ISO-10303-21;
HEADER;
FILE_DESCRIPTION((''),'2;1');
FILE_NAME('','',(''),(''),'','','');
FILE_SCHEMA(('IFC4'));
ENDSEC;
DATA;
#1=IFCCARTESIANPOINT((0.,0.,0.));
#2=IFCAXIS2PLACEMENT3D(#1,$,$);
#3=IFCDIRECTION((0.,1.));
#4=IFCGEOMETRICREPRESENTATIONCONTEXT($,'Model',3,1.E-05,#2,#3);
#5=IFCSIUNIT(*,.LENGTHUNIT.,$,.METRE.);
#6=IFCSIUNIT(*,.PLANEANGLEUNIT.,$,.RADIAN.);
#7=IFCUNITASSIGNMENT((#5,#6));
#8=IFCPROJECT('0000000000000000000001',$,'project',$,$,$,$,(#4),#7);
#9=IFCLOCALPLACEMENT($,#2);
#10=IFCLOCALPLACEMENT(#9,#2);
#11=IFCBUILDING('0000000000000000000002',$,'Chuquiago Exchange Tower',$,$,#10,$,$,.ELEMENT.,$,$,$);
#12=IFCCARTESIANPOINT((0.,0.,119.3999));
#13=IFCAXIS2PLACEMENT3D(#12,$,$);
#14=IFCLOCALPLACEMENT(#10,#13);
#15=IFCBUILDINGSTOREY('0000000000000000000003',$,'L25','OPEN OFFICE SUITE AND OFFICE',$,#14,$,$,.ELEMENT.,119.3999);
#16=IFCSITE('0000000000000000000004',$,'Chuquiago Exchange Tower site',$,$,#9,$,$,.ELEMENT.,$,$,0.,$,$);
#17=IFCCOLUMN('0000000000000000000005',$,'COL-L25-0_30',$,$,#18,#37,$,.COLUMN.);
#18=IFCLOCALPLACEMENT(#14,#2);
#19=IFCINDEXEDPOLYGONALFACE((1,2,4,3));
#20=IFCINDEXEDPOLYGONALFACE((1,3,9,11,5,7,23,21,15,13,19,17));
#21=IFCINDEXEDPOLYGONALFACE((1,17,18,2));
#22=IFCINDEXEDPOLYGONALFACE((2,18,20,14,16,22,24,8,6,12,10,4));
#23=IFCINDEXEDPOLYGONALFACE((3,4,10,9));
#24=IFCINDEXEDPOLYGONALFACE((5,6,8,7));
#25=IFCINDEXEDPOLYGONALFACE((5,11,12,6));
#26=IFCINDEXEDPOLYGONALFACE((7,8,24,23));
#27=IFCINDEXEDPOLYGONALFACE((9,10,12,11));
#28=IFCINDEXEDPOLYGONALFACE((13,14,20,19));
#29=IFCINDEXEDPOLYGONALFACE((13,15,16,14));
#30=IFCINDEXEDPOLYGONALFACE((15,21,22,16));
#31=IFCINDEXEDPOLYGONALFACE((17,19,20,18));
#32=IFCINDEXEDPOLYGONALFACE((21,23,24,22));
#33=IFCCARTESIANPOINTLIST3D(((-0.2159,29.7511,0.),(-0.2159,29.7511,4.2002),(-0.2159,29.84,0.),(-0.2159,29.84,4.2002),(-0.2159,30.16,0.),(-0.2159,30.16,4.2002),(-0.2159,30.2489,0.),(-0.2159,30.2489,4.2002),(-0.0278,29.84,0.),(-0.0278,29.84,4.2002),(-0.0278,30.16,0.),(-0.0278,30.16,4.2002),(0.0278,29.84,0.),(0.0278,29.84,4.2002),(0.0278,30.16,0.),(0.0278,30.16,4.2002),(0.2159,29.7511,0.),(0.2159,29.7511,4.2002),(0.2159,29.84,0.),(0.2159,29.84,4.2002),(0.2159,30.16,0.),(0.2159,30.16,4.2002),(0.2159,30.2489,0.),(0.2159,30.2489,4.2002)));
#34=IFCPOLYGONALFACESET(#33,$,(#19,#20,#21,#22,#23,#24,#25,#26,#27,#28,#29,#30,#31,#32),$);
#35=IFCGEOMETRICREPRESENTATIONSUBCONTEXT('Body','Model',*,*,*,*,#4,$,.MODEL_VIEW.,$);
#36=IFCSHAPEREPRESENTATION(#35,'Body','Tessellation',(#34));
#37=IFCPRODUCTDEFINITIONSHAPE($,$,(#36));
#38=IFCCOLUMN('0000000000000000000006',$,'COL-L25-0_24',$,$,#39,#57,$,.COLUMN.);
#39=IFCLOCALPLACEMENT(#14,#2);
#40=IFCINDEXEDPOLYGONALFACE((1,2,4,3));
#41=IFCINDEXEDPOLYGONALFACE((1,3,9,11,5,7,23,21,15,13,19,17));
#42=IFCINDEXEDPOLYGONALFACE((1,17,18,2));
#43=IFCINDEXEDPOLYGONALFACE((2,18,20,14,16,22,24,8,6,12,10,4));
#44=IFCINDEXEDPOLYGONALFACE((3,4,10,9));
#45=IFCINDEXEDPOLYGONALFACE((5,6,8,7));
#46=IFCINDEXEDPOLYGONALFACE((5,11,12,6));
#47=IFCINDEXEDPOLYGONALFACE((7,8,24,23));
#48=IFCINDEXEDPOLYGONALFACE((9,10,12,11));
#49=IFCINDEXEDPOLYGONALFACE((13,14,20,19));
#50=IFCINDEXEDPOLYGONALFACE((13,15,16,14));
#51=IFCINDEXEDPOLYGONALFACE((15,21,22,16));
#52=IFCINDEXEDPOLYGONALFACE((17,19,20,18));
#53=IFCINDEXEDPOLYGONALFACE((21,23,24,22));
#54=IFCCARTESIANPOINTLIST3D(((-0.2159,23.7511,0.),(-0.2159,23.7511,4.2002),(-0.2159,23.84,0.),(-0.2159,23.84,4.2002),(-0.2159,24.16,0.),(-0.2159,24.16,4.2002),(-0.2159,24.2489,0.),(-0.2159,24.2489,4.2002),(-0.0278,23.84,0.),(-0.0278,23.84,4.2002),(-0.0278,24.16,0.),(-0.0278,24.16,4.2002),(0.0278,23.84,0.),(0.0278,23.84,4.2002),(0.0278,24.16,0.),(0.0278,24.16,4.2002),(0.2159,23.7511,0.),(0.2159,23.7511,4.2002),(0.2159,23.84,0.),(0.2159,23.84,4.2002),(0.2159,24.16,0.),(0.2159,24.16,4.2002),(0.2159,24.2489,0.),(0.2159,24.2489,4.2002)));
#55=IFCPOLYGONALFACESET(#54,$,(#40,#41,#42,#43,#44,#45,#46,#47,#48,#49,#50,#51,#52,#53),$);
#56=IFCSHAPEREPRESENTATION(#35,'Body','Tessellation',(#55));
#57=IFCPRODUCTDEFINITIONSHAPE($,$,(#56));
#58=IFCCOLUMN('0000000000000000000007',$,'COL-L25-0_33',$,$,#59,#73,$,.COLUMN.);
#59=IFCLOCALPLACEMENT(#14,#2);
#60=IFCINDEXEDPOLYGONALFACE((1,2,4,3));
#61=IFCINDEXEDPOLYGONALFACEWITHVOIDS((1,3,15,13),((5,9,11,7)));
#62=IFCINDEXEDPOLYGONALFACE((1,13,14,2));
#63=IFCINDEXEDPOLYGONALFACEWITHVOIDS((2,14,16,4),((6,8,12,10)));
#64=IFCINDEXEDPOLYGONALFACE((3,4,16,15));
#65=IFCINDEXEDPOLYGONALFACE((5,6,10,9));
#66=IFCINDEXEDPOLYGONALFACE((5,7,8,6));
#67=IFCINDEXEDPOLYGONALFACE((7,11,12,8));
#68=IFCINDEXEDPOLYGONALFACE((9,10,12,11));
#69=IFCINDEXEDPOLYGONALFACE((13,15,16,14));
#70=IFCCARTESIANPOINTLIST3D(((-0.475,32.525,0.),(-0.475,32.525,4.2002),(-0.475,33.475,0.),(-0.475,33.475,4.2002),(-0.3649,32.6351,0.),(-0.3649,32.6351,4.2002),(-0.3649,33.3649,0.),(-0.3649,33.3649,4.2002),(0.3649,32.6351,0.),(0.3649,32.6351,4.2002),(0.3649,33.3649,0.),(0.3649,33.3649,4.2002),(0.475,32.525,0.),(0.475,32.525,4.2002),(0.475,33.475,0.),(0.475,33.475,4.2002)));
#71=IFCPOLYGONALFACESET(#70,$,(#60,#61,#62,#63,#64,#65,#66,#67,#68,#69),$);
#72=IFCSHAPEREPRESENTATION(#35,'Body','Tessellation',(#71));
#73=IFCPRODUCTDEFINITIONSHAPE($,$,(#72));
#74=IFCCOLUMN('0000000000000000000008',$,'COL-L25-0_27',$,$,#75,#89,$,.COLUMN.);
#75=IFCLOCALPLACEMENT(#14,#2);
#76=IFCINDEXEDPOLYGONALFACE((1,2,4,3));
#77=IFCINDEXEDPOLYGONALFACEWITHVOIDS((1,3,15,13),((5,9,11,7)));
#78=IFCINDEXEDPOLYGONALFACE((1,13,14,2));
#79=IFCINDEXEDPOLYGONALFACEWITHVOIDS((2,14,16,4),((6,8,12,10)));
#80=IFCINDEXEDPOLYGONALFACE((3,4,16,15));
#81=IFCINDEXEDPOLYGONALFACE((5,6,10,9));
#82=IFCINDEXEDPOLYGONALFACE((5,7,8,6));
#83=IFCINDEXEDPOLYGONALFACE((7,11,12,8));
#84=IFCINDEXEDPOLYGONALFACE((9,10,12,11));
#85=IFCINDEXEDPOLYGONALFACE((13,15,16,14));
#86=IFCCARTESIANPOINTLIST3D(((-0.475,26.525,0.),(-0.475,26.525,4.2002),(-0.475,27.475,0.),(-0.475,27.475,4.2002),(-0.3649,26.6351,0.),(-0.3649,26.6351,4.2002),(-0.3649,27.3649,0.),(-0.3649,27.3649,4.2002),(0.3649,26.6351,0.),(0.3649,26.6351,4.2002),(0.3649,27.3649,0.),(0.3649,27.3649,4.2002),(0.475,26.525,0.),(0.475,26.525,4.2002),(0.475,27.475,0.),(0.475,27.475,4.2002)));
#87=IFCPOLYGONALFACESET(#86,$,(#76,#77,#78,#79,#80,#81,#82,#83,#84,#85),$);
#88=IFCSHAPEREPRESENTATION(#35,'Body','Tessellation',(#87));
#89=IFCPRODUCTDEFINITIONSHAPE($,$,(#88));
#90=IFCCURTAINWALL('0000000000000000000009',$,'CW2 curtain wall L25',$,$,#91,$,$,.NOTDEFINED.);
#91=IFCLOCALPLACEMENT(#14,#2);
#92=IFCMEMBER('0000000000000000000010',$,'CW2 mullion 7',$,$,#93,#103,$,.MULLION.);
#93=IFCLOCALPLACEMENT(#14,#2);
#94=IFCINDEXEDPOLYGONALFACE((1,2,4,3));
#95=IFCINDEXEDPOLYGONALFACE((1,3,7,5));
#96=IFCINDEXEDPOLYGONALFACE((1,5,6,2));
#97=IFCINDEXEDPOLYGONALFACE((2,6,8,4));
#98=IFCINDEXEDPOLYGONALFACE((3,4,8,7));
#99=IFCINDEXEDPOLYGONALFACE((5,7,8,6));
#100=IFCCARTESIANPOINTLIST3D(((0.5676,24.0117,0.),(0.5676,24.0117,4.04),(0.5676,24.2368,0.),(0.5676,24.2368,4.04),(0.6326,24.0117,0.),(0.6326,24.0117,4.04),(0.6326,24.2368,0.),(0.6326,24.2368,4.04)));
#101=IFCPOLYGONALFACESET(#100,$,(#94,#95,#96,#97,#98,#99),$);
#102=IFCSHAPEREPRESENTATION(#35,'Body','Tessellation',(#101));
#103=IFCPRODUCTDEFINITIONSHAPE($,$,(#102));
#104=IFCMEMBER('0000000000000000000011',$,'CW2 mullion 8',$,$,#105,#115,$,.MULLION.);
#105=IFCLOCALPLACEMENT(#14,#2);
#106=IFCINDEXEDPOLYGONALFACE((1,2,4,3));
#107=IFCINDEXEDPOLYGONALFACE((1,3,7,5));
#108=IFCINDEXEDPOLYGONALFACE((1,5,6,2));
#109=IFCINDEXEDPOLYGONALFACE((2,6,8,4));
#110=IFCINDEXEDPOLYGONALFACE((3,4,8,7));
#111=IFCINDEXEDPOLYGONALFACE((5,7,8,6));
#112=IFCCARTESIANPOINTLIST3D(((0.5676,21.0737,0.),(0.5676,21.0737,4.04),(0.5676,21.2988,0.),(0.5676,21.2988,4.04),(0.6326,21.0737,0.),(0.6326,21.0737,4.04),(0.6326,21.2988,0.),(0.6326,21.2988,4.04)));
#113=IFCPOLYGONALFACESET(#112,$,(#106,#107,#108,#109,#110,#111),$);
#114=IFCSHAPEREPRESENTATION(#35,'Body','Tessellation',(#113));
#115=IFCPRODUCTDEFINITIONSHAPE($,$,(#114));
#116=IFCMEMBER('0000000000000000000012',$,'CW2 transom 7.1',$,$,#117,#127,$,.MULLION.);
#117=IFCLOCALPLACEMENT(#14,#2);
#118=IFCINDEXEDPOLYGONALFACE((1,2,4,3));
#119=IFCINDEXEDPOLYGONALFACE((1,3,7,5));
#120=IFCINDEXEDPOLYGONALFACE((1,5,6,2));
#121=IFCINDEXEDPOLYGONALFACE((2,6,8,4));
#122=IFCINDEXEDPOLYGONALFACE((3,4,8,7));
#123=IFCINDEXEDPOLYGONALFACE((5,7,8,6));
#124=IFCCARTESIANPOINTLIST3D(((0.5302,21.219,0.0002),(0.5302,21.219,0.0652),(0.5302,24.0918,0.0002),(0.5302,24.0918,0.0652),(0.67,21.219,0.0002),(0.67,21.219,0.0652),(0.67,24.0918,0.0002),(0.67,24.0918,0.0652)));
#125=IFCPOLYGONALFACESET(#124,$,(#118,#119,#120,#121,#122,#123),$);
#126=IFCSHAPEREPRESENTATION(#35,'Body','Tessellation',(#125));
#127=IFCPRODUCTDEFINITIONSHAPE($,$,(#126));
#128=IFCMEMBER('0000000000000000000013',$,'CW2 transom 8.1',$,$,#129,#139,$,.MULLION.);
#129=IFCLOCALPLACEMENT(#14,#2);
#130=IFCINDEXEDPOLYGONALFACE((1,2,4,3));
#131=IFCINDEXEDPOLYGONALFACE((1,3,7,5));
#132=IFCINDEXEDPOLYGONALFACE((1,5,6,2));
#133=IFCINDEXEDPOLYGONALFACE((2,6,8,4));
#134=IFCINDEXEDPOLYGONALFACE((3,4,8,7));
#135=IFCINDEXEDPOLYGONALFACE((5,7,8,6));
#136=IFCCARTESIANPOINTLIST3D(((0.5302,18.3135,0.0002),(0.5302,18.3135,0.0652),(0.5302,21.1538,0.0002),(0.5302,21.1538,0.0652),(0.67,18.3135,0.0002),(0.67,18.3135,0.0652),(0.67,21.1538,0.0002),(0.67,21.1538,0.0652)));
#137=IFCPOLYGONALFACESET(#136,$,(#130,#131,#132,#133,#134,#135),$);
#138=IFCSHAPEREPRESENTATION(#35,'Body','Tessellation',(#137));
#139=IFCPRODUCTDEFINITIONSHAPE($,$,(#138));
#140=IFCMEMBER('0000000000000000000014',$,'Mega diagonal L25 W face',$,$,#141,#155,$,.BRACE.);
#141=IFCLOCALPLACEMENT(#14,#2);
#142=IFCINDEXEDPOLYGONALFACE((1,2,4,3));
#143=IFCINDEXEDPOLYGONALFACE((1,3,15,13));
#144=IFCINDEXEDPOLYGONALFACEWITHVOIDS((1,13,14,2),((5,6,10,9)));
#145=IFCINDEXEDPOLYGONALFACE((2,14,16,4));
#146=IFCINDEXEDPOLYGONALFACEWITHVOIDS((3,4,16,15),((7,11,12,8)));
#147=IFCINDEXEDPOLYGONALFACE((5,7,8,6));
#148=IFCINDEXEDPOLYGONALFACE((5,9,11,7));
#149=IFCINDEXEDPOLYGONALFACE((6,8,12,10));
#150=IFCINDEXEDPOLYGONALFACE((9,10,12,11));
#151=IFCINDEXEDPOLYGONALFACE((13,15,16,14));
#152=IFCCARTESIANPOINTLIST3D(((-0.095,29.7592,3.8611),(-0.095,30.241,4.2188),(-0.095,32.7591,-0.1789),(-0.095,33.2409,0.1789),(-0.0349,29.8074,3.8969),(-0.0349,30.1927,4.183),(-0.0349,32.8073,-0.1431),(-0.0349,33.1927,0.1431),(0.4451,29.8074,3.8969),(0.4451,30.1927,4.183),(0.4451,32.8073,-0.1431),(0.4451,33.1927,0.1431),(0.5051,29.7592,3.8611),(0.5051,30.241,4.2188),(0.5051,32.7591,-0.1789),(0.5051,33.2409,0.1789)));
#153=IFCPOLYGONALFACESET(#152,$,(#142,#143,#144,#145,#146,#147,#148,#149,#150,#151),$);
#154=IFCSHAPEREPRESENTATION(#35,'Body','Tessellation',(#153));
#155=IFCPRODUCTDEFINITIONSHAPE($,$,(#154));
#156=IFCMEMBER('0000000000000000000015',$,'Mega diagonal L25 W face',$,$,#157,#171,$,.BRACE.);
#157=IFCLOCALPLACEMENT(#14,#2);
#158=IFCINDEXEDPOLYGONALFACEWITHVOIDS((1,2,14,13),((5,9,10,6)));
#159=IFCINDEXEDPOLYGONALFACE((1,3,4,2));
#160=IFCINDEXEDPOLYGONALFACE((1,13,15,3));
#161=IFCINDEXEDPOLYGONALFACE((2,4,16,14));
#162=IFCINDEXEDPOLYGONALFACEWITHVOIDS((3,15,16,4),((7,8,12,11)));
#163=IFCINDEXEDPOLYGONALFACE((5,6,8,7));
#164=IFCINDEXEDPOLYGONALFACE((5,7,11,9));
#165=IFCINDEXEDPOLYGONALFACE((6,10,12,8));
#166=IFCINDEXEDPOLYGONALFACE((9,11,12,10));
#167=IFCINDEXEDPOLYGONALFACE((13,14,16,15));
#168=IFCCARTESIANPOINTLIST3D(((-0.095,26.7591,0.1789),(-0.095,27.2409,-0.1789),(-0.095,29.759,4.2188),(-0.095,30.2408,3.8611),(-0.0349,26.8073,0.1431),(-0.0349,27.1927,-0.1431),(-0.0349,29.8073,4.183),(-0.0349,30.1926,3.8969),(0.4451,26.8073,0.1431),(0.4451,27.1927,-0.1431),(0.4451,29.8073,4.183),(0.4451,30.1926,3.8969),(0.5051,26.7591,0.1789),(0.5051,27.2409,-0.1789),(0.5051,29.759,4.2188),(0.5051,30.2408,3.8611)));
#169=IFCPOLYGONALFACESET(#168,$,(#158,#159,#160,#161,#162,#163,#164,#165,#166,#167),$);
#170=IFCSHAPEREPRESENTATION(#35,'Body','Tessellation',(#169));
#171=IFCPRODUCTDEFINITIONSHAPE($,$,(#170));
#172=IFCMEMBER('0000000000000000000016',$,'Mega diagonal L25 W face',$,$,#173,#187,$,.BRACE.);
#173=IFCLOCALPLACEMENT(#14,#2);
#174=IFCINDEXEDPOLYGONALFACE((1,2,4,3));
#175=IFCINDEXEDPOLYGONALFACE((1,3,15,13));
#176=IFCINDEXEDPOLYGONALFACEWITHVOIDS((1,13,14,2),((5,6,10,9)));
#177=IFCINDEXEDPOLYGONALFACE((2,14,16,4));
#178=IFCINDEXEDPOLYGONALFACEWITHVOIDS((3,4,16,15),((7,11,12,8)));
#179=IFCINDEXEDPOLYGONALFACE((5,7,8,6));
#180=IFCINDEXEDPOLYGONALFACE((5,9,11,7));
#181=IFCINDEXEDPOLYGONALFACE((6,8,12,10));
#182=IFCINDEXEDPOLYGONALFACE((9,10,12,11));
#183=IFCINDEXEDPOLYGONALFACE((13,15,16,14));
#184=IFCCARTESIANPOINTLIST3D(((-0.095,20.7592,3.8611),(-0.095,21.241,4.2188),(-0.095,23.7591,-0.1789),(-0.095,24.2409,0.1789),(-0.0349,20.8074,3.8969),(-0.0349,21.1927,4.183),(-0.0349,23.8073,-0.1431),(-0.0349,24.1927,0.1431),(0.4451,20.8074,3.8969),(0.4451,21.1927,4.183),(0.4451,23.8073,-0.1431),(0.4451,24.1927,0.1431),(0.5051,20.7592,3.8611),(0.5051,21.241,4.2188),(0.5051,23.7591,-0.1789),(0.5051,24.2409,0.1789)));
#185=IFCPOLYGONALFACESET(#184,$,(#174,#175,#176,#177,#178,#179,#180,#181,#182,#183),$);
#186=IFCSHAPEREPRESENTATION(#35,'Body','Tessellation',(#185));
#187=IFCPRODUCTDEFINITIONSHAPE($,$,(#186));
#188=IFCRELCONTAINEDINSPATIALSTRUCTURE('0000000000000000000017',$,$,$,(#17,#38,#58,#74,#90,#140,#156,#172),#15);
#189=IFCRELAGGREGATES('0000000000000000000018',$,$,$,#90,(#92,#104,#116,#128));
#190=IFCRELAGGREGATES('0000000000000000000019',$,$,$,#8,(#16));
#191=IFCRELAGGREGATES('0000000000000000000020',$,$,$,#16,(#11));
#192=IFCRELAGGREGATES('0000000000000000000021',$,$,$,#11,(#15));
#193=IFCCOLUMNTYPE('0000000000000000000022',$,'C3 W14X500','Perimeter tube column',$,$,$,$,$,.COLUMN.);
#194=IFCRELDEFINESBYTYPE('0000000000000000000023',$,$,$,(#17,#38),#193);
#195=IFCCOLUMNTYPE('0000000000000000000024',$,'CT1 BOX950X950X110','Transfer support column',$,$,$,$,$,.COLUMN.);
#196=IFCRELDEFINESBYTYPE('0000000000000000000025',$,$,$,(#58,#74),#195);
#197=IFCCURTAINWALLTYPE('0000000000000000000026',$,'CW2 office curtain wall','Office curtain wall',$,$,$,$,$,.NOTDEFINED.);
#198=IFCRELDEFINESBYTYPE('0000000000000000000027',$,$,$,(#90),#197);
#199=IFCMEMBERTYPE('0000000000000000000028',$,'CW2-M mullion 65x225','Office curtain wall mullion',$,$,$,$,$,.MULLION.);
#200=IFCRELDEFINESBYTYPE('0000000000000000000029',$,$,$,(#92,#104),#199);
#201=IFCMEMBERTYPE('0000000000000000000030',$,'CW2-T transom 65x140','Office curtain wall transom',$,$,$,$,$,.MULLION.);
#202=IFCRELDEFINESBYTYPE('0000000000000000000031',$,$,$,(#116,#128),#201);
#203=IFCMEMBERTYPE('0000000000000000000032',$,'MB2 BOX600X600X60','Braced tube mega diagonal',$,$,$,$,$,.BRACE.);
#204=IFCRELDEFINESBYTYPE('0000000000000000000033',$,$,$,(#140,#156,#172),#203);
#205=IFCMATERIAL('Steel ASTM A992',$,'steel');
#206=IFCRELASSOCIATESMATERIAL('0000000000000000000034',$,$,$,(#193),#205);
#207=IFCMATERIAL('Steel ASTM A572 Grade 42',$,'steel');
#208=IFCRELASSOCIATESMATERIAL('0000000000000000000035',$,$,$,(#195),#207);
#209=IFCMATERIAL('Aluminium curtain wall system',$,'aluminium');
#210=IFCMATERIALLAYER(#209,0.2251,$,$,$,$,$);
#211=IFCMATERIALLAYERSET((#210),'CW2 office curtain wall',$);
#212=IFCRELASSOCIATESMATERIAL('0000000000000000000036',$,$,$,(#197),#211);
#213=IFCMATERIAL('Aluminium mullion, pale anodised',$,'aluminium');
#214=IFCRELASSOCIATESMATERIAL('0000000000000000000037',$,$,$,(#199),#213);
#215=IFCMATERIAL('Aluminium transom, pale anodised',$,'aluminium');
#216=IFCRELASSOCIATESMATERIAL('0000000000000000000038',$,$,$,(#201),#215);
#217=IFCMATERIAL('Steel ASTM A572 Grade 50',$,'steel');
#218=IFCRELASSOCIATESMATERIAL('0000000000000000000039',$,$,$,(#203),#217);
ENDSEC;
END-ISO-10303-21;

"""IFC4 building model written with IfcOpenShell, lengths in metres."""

from ifc_helpers import new_model, si_unit, direction, frame, origin, origin_2d, place, context, subcontext, project, spatial, rectangle, hollow_rectangle, i_section, extrude, material, layer, layer_set, material_profile, profile_set, type_object, element, aggregate, save


model = new_model("IFC4")

# Units and contexts
model_context = context("Model", 3, precision=1e-05, world=origin(), true_north=direction((0.0, 1.0)))
body_context = subcontext(model_context, "Body", "Model", "MODEL_VIEW")
ifc_project = project(units=[si_unit("LENGTHUNIT", "METRE"), si_unit("PLANEANGLEUNIT", "RADIAN")], contexts=[model_context])

# Site, building, storey
site_placement = place(None, origin())
site = spatial("IfcSite", under=ifc_project, at=site_placement, Name="Chuquiago Exchange Tower site", CompositionType="ELEMENT", RefElevation=0.0)
building_placement = place(site_placement, origin())
building = spatial("IfcBuilding", under=site, at=building_placement, Name="Chuquiago Exchange Tower", CompositionType="ELEMENT")
storey_placement = place(building_placement, frame((0.0, 0.0, 119.3999)))
storey = spatial("IfcBuildingStorey", under=building, at=storey_placement, Name="L25", Description="OPEN OFFICE SUITE AND OFFICE", CompositionType="ELEMENT", Elevation=119.3999)

# Columns
ifc_material_1 = material(Name="Steel ASTM A992", Category="steel")
ifc_material_profile_1 = material_profile(ifc_material_1, i_section(OverallWidth=0.4319, OverallDepth=0.4978, WebThickness=0.0557, FlangeThickness=0.0889, at=origin_2d()), Name="W14X500")
ifc_profile_set_1 = profile_set([ifc_material_profile_1], Name="Steel ASTM A992")
column_type_1 = type_object("IfcColumnType", Name="C3 W14X500", Description="Perimeter tube column", PredefinedType="COLUMN", material=ifc_profile_set_1)
for number, where, z_axis, x_axis, name in (
    (1, (0.0, 30.0, 0.0), (0.0, 0.0, 1.0), (-1.0, 0.0, 0.0), "COL-L25-0_30"),
    (2, (0.0, 24.0, 0.0), (0.0, 0.0, 1.0), (-1.0, 0.0, 0.0), "COL-L25-0_24"),
):
    element("IfcColumn", number, at=place(storey_placement, frame(where, z_axis=z_axis, x_axis=x_axis)), inside=storey, type_object=column_type_1, Name=name, PredefinedType="COLUMN", context=body_context, shape_type="SweptSolid", body=[
        extrude(i_section(OverallWidth=0.4319, OverallDepth=0.4978, WebThickness=0.0557, FlangeThickness=0.0889, at=origin_2d()), origin(), (0.0, 0.0, 1.0), 4.2002),
    ])
ifc_material_2 = material(Name="Steel ASTM A572 Grade 42", Category="steel")
ifc_material_profile_2 = material_profile(ifc_material_2, hollow_rectangle(XDim=0.95, YDim=0.95, WallThickness=0.1101, at=origin_2d()), Name="BOX950X950X110")
ifc_profile_set_2 = profile_set([ifc_material_profile_2], Name="Steel ASTM A572 Grade 42")
column_type_2 = type_object("IfcColumnType", Name="CT1 BOX950X950X110", Description="Transfer support column", PredefinedType="COLUMN", material=ifc_profile_set_2)
for number, where, z_axis, x_axis, name in (
    (3, (0.0, 33.0, 0.0), (0.0, 0.0, 1.0), (-1.0, 0.0, 0.0), "COL-L25-0_33"),
    (4, (0.0, 27.0, 0.0), (0.0, 0.0, 1.0), (-1.0, 0.0, 0.0), "COL-L25-0_27"),
):
    element("IfcColumn", number, at=place(storey_placement, frame(where, z_axis=z_axis, x_axis=x_axis)), inside=storey, type_object=column_type_2, Name=name, PredefinedType="COLUMN", context=body_context, shape_type="SweptSolid", body=[
        extrude(hollow_rectangle(XDim=0.95, YDim=0.95, WallThickness=0.1101, at=origin_2d()), origin(), (0.0, 0.0, 1.0), 4.2002),
    ])

# Curtain wall, members
ifc_material_3 = material(Name="Aluminium curtain wall system", Category="aluminium")
ifc_layer_1 = layer(ifc_material_3, 0.2251)
ifc_layer_set_1 = layer_set([ifc_layer_1], Name="CW2 office curtain wall")
curtain_wall_type = type_object("IfcCurtainWallType", Name="CW2 office curtain wall", Description="Office curtain wall", PredefinedType="NOTDEFINED", material=ifc_layer_set_1)
curtain_wall_placement = place(storey_placement, origin())
curtain_wall = element("IfcCurtainWall", 5, at=curtain_wall_placement, inside=storey, type_object=curtain_wall_type, Name="CW2 curtain wall L25", PredefinedType="NOTDEFINED")
ifc_material_4 = material(Name="Aluminium mullion, pale anodised", Category="aluminium")
ifc_material_profile_3 = material_profile(ifc_material_4, rectangle(XDim=0.0649, YDim=0.2251, at=origin_2d()), Name="AL 65x225")
ifc_profile_set_3 = profile_set([ifc_material_profile_3], Name="Aluminium mullion, pale anodised")
member_type_1 = type_object("IfcMemberType", Name="CW2-M mullion 65x225", Description="Office curtain wall mullion", PredefinedType="MULLION", material=ifc_profile_set_3)
member_1_placement = place(storey_placement, frame((0.6001, 24.1243, 0.0), z_axis=(0.0, 0.0, 1.0), x_axis=(1.0, 0.0, 0.0)))
member_1 = element("IfcMember", 6, at=member_1_placement, type_object=member_type_1, Name="CW2 mullion 7", PredefinedType="MULLION", context=body_context, shape_type="SweptSolid", body=[
    extrude(rectangle(XDim=0.0649, YDim=0.2251, at=origin_2d()), origin(), (0.0, 0.0, 1.0), 4.04),
])
member_2_placement = place(storey_placement, frame((0.6001, 21.1863, 0.0), z_axis=(0.0, 0.0, 1.0), x_axis=(1.0, 0.0, 0.0)))
member_2 = element("IfcMember", 7, at=member_2_placement, type_object=member_type_1, Name="CW2 mullion 8", PredefinedType="MULLION", context=body_context, shape_type="SweptSolid", body=[
    extrude(rectangle(XDim=0.0649, YDim=0.2251, at=origin_2d()), origin(), (0.0, 0.0, 1.0), 4.04),
])
ifc_material_5 = material(Name="Aluminium transom, pale anodised", Category="aluminium")
ifc_material_profile_4 = material_profile(ifc_material_5, rectangle(XDim=0.1399, YDim=0.0649, at=origin_2d()), Name="AL 140x65")
ifc_profile_set_4 = profile_set([ifc_material_profile_4], Name="Aluminium transom, pale anodised")
member_type_2 = type_object("IfcMemberType", Name="CW2-T transom 65x140", Description="Office curtain wall transom", PredefinedType="MULLION", material=ifc_profile_set_4)
member_3_placement = place(storey_placement, frame((0.6001, 24.0918, 0.0327), z_axis=(0.0, -1.0, 0.0), x_axis=(1.0, 0.0, 0.0)))
member_3 = element("IfcMember", 8, at=member_3_placement, type_object=member_type_2, Name="CW2 transom 7.1", PredefinedType="MULLION", context=body_context, shape_type="SweptSolid", body=[
    extrude(rectangle(XDim=0.1399, YDim=0.0649, at=origin_2d()), origin(), (0.0, 0.0, 1.0), 2.8728),
])
member_4_placement = place(storey_placement, frame((0.6001, 21.1538, 0.0327), z_axis=(0.0, -1.0, 0.0), x_axis=(1.0, 0.0, 0.0)))
member_4 = element("IfcMember", 9, at=member_4_placement, type_object=member_type_2, Name="CW2 transom 8.1", PredefinedType="MULLION", context=body_context, shape_type="SweptSolid", body=[
    extrude(rectangle(XDim=0.1399, YDim=0.0649, at=origin_2d()), origin(), (0.0, 0.0, 1.0), 2.8403),
])

# Members
ifc_material_6 = material(Name="Steel ASTM A572 Grade 50", Category="steel")
ifc_material_profile_5 = material_profile(ifc_material_6, hollow_rectangle(XDim=0.6001, YDim=0.6001, WallThickness=0.0601, at=origin_2d()), Name="BOX600X600X60")
ifc_profile_set_5 = profile_set([ifc_material_profile_5], Name="Steel ASTM A572 Grade 50")
member_type_3 = type_object("IfcMemberType", Name="MB2 BOX600X600X60", Description="Braced tube mega diagonal", PredefinedType="BRACE", material=ifc_profile_set_5)
for number, where, z_axis, x_axis, name in (
    (10, (0.2051, 33.0, 0.0), (0.0, -0.596174, 0.802855), (1.0, 0.0, 0.0), "Mega diagonal L25 W face"),
    (11, (0.2051, 27.0, 0.0), (0.0, 0.596174, 0.802855), (-1.0, 0.0, 0.0), "Mega diagonal L25 W face"),
    (12, (0.2051, 24.0, 0.0), (0.0, -0.596174, 0.802855), (1.0, 0.0, 0.0), "Mega diagonal L25 W face"),
):
    element("IfcMember", number, at=place(storey_placement, frame(where, z_axis=z_axis, x_axis=x_axis)), inside=storey, type_object=member_type_3, Name=name, PredefinedType="BRACE", context=body_context, shape_type="SweptSolid", body=[
        extrude(hollow_rectangle(XDim=0.6001, YDim=0.6001, WallThickness=0.0601, at=origin_2d()), origin(), (0.0, 0.0, 1.0), 5.032),
    ])

aggregate(curtain_wall, [member_1, member_2, member_3, member_4])

save(model, "model.ifc")
